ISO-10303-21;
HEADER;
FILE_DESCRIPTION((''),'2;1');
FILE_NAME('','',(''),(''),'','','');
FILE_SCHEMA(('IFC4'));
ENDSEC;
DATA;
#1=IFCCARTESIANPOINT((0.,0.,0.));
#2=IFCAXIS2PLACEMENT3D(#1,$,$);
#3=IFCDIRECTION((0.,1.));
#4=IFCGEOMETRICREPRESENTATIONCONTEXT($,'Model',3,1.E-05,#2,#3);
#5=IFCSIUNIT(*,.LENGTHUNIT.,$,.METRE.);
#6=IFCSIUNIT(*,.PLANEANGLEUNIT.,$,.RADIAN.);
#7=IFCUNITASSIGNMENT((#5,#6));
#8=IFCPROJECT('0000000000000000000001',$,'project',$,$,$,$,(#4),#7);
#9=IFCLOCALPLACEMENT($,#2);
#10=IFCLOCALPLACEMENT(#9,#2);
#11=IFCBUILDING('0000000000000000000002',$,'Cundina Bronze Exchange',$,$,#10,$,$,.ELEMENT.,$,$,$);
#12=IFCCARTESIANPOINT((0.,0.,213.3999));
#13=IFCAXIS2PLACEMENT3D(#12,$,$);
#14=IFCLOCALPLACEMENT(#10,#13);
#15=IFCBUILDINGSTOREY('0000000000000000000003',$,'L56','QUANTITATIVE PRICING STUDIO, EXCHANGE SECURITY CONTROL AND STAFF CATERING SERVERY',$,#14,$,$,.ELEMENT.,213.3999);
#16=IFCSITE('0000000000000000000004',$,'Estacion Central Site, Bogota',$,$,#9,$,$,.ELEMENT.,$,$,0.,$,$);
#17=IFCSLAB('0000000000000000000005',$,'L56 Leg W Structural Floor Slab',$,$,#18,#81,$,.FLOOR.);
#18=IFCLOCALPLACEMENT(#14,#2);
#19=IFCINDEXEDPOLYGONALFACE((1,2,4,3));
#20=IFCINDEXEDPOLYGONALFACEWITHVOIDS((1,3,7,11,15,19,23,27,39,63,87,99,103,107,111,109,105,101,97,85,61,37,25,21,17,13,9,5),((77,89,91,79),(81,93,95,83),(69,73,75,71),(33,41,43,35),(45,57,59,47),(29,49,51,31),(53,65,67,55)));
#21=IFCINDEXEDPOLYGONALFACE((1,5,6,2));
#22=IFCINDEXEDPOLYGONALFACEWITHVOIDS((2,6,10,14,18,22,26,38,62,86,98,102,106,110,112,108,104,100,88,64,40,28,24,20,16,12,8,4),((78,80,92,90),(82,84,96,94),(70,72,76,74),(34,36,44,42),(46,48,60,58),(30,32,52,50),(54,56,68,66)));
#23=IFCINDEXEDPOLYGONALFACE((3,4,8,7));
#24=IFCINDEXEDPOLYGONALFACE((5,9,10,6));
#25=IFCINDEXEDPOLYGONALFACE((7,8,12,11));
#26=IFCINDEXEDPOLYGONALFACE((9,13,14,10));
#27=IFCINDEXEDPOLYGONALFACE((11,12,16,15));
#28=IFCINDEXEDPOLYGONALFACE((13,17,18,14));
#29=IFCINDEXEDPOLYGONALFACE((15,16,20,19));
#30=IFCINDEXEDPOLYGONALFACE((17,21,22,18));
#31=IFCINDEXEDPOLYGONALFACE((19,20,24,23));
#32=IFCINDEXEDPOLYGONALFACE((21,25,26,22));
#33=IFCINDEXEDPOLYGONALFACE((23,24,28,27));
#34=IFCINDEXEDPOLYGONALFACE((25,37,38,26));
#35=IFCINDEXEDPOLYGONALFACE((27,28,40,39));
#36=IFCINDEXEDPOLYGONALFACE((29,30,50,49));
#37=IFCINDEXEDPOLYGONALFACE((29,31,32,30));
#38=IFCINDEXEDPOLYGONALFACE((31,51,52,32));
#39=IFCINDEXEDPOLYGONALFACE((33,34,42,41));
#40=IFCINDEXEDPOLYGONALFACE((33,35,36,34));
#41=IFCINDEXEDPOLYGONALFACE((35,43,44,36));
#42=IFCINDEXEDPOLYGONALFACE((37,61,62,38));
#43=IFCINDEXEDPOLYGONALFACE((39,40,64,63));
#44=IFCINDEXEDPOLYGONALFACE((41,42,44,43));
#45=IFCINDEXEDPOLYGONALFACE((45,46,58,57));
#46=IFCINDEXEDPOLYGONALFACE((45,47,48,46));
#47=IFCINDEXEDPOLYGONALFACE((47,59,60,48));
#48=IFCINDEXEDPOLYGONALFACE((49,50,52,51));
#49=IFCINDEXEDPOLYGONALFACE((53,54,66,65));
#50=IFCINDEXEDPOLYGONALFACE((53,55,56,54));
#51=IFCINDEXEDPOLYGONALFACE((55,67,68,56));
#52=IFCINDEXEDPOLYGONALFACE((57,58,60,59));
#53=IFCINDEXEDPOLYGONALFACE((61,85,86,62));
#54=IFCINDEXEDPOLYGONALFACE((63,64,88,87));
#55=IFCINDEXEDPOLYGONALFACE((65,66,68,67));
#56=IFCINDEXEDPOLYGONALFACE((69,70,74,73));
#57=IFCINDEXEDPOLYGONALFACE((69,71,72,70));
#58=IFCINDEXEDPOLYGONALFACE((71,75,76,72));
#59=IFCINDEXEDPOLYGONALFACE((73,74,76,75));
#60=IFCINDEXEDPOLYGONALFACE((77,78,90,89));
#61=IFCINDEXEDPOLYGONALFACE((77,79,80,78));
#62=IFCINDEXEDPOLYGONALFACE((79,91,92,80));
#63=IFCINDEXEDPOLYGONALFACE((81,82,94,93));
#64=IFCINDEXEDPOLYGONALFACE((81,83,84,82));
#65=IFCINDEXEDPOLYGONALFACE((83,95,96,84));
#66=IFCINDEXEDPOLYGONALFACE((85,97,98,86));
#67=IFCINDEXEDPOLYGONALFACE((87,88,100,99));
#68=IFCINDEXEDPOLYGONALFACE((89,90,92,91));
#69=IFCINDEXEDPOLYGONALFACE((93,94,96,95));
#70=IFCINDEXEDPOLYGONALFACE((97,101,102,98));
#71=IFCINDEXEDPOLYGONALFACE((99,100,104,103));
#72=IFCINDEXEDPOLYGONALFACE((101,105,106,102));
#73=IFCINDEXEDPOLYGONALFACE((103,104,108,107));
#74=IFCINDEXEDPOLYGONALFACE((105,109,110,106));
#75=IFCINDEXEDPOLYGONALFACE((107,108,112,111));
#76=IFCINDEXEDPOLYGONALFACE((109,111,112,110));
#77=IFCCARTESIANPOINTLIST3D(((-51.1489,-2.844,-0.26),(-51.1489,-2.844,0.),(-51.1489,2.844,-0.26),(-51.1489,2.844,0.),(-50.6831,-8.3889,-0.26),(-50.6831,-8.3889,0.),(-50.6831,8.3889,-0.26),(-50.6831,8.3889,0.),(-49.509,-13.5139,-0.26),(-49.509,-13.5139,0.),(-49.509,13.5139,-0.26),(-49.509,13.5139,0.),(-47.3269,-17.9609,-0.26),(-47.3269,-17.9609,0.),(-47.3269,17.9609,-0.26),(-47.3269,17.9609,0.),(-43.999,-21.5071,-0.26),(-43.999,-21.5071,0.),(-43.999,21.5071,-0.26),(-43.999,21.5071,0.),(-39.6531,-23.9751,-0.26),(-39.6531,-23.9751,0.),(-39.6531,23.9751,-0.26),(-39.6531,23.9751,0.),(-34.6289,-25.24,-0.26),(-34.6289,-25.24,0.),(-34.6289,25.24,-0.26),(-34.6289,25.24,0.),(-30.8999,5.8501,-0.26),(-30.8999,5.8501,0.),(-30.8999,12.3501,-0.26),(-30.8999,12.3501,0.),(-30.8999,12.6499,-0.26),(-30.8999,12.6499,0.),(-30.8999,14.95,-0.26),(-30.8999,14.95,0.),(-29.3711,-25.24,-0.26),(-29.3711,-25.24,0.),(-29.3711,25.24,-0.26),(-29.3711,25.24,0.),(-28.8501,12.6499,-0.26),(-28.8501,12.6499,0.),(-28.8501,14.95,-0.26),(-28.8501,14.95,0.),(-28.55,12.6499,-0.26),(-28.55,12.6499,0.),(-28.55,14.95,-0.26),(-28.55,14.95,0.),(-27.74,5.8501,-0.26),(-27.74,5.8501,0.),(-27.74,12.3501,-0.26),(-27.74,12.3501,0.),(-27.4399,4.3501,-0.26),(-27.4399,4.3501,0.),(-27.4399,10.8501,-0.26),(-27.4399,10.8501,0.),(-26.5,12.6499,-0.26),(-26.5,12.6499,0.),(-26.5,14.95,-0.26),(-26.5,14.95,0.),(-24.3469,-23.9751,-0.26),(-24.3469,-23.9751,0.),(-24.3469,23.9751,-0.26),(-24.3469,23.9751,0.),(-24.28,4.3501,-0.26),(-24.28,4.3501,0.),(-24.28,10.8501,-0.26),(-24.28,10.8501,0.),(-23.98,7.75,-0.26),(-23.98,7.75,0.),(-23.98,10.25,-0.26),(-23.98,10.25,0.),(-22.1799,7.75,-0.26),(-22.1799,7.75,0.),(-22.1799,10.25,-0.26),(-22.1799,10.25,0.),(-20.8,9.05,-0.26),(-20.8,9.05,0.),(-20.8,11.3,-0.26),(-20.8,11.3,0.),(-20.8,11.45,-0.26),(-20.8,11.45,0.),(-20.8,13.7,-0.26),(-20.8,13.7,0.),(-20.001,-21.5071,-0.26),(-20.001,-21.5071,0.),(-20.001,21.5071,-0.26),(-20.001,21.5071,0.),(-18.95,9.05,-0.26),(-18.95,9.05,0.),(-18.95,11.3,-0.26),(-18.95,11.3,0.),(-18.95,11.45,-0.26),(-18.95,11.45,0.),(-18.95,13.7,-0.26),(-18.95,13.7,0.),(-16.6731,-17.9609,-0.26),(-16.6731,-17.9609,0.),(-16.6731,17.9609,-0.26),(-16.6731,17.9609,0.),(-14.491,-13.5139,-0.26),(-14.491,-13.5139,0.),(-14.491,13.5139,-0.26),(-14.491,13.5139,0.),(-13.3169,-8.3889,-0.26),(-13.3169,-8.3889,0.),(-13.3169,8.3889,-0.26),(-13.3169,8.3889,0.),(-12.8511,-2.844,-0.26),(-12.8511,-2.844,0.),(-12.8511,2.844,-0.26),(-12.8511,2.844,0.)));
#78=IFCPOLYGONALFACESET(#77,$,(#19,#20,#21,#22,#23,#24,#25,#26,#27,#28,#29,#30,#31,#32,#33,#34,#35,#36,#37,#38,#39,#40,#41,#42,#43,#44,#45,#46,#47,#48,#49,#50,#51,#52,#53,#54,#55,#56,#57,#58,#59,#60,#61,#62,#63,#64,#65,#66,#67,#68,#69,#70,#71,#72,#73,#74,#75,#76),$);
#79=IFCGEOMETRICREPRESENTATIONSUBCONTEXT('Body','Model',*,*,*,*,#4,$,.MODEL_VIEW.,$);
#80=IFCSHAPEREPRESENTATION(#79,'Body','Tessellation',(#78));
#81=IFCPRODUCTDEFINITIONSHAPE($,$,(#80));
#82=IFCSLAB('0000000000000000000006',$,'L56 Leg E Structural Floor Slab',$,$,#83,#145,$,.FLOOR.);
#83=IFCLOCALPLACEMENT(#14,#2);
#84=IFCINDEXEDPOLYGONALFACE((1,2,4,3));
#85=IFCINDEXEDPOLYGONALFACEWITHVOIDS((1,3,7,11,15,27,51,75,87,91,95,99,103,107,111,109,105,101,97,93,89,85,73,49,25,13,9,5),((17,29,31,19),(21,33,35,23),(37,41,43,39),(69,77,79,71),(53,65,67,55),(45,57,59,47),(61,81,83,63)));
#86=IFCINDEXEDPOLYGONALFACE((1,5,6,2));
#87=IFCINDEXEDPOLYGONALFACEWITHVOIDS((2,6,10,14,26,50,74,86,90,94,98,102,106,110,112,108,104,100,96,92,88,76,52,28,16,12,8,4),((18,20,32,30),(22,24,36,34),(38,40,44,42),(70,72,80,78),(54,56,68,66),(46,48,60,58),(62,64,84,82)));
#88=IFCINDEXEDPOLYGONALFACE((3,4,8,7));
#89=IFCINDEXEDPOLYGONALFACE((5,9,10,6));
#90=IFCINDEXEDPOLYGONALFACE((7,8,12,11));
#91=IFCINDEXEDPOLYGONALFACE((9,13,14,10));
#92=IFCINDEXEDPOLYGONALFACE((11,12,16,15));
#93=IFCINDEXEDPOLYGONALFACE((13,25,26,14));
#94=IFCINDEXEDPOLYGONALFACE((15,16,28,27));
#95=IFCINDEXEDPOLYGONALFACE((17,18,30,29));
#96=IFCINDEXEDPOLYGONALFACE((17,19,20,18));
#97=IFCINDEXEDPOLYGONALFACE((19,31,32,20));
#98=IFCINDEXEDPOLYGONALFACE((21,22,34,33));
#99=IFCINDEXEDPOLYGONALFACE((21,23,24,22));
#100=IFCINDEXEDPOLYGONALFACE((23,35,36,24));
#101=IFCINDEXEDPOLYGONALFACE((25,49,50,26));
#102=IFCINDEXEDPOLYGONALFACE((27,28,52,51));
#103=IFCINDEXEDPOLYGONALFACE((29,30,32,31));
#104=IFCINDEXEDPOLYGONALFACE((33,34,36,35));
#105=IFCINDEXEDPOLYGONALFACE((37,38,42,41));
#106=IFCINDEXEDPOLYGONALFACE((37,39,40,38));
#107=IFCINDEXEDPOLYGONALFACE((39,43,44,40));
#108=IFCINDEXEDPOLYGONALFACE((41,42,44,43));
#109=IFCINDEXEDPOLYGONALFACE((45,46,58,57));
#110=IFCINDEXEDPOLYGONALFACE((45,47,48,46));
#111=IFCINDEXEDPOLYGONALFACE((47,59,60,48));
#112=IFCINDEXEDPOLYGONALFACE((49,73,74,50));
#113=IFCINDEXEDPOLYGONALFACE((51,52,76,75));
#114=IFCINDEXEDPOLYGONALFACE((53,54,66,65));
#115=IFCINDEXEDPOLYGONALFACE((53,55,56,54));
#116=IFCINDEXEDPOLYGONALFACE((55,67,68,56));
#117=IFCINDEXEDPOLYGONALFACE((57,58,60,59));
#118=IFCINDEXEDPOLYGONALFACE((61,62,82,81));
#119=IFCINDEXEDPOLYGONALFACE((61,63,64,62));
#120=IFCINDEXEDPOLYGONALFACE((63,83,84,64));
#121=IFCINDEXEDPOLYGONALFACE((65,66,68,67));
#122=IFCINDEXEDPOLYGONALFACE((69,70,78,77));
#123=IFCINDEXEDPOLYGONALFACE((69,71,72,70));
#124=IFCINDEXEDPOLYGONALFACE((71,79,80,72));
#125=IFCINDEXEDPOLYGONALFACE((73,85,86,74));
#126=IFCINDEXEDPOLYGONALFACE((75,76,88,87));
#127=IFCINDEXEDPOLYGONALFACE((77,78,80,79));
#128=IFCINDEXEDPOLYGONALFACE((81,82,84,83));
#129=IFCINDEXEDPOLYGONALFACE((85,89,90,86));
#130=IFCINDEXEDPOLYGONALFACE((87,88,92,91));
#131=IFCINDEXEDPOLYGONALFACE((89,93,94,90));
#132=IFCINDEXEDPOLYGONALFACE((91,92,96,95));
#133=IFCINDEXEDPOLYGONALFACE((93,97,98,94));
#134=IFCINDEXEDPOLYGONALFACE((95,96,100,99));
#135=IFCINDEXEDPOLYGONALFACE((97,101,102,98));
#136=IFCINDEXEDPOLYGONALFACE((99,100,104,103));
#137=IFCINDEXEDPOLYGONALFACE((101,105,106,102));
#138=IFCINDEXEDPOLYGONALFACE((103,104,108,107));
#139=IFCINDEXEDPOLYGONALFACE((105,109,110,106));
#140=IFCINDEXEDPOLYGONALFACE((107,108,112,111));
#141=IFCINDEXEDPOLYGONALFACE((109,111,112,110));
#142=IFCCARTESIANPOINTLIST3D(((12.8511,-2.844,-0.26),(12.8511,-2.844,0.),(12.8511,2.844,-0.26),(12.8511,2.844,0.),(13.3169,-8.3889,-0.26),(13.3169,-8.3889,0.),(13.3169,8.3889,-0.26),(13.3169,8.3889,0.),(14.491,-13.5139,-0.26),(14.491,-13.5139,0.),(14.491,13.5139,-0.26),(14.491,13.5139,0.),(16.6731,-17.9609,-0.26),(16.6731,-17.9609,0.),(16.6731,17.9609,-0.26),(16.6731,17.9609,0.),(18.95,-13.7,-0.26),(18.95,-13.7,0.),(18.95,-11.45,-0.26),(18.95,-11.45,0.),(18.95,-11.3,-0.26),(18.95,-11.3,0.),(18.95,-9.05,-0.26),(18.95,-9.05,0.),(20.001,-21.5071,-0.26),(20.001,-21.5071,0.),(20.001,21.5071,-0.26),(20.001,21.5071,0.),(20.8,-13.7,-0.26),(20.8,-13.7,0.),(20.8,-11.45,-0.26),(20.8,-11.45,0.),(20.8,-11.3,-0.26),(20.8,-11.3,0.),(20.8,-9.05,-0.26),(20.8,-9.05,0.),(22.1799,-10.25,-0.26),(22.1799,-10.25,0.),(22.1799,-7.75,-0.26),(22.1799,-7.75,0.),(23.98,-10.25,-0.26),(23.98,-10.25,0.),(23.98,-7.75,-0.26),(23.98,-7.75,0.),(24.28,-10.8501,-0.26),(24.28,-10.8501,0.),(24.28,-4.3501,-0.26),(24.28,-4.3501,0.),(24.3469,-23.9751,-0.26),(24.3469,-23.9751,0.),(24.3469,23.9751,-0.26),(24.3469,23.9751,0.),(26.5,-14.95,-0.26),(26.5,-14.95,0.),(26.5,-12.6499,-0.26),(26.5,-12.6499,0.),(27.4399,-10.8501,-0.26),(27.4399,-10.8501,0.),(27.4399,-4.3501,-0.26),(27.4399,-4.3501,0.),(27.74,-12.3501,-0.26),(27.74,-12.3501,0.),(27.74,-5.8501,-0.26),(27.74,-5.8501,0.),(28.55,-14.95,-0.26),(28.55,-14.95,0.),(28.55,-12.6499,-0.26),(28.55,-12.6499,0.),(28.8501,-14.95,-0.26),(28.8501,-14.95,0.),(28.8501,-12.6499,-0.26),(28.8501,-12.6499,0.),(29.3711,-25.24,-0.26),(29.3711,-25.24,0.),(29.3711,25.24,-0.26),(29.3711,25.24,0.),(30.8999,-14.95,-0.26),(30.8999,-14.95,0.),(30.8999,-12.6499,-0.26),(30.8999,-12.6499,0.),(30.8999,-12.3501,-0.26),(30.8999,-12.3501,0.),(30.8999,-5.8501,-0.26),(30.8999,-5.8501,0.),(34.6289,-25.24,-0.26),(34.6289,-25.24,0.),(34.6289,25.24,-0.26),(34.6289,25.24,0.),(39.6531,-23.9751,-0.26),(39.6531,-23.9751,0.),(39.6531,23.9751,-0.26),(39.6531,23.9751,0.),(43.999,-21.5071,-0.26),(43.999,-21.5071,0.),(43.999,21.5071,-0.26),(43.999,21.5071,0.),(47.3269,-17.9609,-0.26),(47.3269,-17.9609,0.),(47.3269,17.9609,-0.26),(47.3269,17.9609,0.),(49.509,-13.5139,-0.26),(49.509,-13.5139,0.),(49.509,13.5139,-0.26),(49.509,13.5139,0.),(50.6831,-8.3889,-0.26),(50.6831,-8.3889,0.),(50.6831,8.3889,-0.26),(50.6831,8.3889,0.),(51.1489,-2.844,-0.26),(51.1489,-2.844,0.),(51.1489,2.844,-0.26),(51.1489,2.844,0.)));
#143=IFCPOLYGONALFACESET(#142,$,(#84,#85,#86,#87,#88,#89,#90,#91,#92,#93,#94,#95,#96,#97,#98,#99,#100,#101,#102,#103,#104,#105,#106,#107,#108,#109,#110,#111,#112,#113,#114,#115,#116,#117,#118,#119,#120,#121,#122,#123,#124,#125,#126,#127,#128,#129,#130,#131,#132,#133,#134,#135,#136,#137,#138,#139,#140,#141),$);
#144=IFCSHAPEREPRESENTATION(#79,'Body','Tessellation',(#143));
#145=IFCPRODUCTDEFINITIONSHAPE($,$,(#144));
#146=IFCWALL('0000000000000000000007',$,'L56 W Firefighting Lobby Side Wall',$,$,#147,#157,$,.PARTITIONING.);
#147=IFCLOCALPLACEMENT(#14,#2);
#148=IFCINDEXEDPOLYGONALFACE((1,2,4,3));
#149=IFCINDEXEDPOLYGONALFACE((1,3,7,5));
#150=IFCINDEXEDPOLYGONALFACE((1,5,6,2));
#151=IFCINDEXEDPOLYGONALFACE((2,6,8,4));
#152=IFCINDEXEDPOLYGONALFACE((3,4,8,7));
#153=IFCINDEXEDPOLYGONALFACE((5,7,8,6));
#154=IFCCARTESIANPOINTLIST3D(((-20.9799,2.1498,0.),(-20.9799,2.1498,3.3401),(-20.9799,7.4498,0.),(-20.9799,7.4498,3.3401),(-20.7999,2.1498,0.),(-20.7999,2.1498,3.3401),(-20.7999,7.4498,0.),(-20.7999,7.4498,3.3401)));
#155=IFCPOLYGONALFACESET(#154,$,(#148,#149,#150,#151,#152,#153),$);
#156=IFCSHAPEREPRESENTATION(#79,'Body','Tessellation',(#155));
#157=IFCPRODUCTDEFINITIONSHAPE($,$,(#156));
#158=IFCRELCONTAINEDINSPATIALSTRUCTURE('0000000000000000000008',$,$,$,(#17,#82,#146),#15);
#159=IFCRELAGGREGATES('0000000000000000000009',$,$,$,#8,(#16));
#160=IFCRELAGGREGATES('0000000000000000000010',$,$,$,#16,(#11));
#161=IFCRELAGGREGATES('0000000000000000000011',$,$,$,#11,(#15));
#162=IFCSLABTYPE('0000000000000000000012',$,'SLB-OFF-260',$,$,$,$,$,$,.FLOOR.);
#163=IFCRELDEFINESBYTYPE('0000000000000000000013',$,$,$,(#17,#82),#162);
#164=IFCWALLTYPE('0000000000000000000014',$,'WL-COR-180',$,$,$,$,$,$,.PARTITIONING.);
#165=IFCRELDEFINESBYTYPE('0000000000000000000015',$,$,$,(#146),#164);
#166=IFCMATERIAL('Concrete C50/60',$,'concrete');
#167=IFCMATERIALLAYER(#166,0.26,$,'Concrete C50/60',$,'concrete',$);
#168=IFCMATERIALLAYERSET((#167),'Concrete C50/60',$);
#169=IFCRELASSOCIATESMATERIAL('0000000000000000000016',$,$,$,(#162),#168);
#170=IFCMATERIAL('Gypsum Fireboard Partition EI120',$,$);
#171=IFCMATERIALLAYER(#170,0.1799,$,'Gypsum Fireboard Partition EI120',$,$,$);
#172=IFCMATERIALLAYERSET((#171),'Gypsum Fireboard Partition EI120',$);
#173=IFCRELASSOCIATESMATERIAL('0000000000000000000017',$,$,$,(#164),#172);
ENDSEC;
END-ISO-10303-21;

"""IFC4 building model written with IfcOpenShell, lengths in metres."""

from ifc_helpers import new_model, si_unit, direction, frame, frame_2d, origin, place, context, subcontext, project, spatial, polyline, rectangle, outline, extrude, material, layer, layer_set, type_object, element, save


model = new_model("IFC4")

# Units and contexts
model_context = context("Model", 3, precision=1e-05, world=origin(), true_north=direction((0.0, 1.0)))
body_context = subcontext(model_context, "Body", "Model", "MODEL_VIEW")
ifc_project = project(units=[si_unit("LENGTHUNIT", "METRE"), si_unit("PLANEANGLEUNIT", "RADIAN")], contexts=[model_context])

# Site, building, storey
site_placement = place(None, origin())
site = spatial("IfcSite", under=ifc_project, at=site_placement, Name="Estacion Central Site, Bogota", CompositionType="ELEMENT", RefElevation=0.0)
building_placement = place(site_placement, origin())
building = spatial("IfcBuilding", under=site, at=building_placement, Name="Cundina Bronze Exchange", CompositionType="ELEMENT")
storey_placement = place(building_placement, frame((0.0, 0.0, 213.3999)))
storey = spatial("IfcBuildingStorey", under=building, at=storey_placement, Name="L56", Description="QUANTITATIVE PRICING STUDIO, EXCHANGE SECURITY CONTROL AND STAFF CATERING SERVERY", CompositionType="ELEMENT", Elevation=213.3999)

# Shared definitions
ifc_material_1 = material(Name="Concrete C50/60", Category="concrete")

# Slabs
ifc_layer_1 = layer(ifc_material_1, 0.26, Name="Concrete C50/60", Category="concrete")
ifc_layer_set_1 = layer_set([ifc_layer_1], Name="Concrete C50/60")
slab_type_1 = type_object("IfcSlabType", Name="SLB-OFF-260", PredefinedType="FLOOR", material=ifc_layer_set_1)
slab_1_placement = place(storey_placement, frame((0.0, 0.0, -0.26)))
element("IfcSlab", 1, at=slab_1_placement, inside=storey, type_object=slab_type_1, Name="L56 Leg W Structural Floor Slab", PredefinedType="FLOOR", context=body_context, shape_type="SweptSolid", body=[
    extrude(outline(polyline([(-12.8511, 2.844), (-13.3169, 8.3889), (-14.491, 13.5139), (-16.6731, 17.9609), (-20.001, 21.5071), (-24.3469, 23.9751), (-29.3711, 25.24), (-34.6289, 25.24), (-39.6531, 23.9751), (-43.999, 21.5071), (-47.3269, 17.9609), (-49.509, 13.5139), (-50.6831, 8.3889), (-51.1489, 2.844), (-51.1489, -2.844), (-50.6831, -8.3889), (-49.509, -13.5139), (-47.3269, -17.9609), (-43.999, -21.5071), (-39.6531, -23.9751), (-34.6289, -25.24), (-29.3711, -25.24), (-24.3469, -23.9751), (-20.001, -21.5071), (-16.6731, -17.9609), (-14.491, -13.5139), (-13.3169, -8.3889), (-12.8511, -2.844), (-12.8511, 2.844)]), holes=[polyline([(-27.74, 5.8501), (-27.74, 12.3501), (-30.8999, 12.3501), (-30.8999, 5.8501), (-27.74, 5.8501)]), polyline([(-27.4399, 10.8501), (-27.4399, 4.3501), (-24.28, 4.3501), (-24.28, 10.8501), (-27.4399, 10.8501)]), polyline([(-23.98, 10.25), (-22.1799, 10.25), (-22.1799, 7.75), (-23.98, 7.75), (-23.98, 10.25)]), polyline([(-30.8999, 14.95), (-28.8501, 14.95), (-28.8501, 12.6499), (-30.8999, 12.6499), (-30.8999, 14.95)]), polyline([(-28.55, 14.95), (-26.5, 14.95), (-26.5, 12.6499), (-28.55, 12.6499), (-28.55, 14.95)]), polyline([(-20.8, 13.7), (-18.95, 13.7), (-18.95, 11.45), (-20.8, 11.45), (-20.8, 13.7)]), polyline([(-20.8, 11.3), (-18.95, 11.3), (-18.95, 9.05), (-20.8, 9.05), (-20.8, 11.3)])]), origin(), (0.0, 0.0, 1.0), 0.26),
])
slab_2_placement = place(storey_placement, frame((0.0, 0.0, -0.26)))
element("IfcSlab", 2, at=slab_2_placement, inside=storey, type_object=slab_type_1, Name="L56 Leg E Structural Floor Slab", PredefinedType="FLOOR", context=body_context, shape_type="SweptSolid", body=[
    extrude(outline(polyline([(51.1489, 2.844), (50.6831, 8.3889), (49.509, 13.5139), (47.3269, 17.9609), (43.999, 21.5071), (39.6531, 23.9751), (34.6289, 25.24), (29.3711, 25.24), (24.3469, 23.9751), (20.001, 21.5071), (16.6731, 17.9609), (14.491, 13.5139), (13.3169, 8.3889), (12.8511, 2.844), (12.8511, -2.844), (13.3169, -8.3889), (14.491, -13.5139), (16.6731, -17.9609), (20.001, -21.5071), (24.3469, -23.9751), (29.3711, -25.24), (34.6289, -25.24), (39.6531, -23.9751), (43.999, -21.5071), (47.3269, -17.9609), (49.509, -13.5139), (50.6831, -8.3889), (51.1489, -2.844), (51.1489, 2.844)]), holes=[polyline([(27.74, -5.8501), (27.74, -12.3501), (30.8999, -12.3501), (30.8999, -5.8501), (27.74, -5.8501)]), polyline([(27.4399, -10.8501), (27.4399, -4.3501), (24.28, -4.3501), (24.28, -10.8501), (27.4399, -10.8501)]), polyline([(22.1799, -7.75), (23.98, -7.75), (23.98, -10.25), (22.1799, -10.25), (22.1799, -7.75)]), polyline([(28.8501, -12.6499), (30.8999, -12.6499), (30.8999, -14.95), (28.8501, -14.95), (28.8501, -12.6499)]), polyline([(26.5, -12.6499), (28.55, -12.6499), (28.55, -14.95), (26.5, -14.95), (26.5, -12.6499)]), polyline([(18.95, -11.45), (20.8, -11.45), (20.8, -13.7), (18.95, -13.7), (18.95, -11.45)]), polyline([(18.95, -9.05), (20.8, -9.05), (20.8, -11.3), (18.95, -11.3), (18.95, -9.05)])]), origin(), (0.0, 0.0, 1.0), 0.26),
])

# Wall
ifc_material_2 = material(Name="Gypsum Fireboard Partition EI120")
ifc_layer_2 = layer(ifc_material_2, 0.1799, Name="Gypsum Fireboard Partition EI120")
ifc_layer_set_2 = layer_set([ifc_layer_2], Name="Gypsum Fireboard Partition EI120")
wall_type_1 = type_object("IfcWallType", Name="WL-COR-180", PredefinedType="PARTITIONING", material=ifc_layer_set_2)
wall_1_placement = place(storey_placement, frame((-20.8899, 2.1499, 0.0), z_axis=(0.0, 0.0, 1.0), x_axis=(0.0, 1.0, 0.0)))
element("IfcWall", 3, at=wall_1_placement, inside=storey, type_object=wall_type_1, Name="L56 W Firefighting Lobby Side Wall", PredefinedType="PARTITIONING", context=body_context, shape_type="SweptSolid", body=[
    extrude(rectangle(XDim=5.3, YDim=0.1799, at=frame_2d((2.6499, 0.0))), origin(), (0.0, 0.0, 1.0), 3.3401),
])

save(model, "model.ifc")
